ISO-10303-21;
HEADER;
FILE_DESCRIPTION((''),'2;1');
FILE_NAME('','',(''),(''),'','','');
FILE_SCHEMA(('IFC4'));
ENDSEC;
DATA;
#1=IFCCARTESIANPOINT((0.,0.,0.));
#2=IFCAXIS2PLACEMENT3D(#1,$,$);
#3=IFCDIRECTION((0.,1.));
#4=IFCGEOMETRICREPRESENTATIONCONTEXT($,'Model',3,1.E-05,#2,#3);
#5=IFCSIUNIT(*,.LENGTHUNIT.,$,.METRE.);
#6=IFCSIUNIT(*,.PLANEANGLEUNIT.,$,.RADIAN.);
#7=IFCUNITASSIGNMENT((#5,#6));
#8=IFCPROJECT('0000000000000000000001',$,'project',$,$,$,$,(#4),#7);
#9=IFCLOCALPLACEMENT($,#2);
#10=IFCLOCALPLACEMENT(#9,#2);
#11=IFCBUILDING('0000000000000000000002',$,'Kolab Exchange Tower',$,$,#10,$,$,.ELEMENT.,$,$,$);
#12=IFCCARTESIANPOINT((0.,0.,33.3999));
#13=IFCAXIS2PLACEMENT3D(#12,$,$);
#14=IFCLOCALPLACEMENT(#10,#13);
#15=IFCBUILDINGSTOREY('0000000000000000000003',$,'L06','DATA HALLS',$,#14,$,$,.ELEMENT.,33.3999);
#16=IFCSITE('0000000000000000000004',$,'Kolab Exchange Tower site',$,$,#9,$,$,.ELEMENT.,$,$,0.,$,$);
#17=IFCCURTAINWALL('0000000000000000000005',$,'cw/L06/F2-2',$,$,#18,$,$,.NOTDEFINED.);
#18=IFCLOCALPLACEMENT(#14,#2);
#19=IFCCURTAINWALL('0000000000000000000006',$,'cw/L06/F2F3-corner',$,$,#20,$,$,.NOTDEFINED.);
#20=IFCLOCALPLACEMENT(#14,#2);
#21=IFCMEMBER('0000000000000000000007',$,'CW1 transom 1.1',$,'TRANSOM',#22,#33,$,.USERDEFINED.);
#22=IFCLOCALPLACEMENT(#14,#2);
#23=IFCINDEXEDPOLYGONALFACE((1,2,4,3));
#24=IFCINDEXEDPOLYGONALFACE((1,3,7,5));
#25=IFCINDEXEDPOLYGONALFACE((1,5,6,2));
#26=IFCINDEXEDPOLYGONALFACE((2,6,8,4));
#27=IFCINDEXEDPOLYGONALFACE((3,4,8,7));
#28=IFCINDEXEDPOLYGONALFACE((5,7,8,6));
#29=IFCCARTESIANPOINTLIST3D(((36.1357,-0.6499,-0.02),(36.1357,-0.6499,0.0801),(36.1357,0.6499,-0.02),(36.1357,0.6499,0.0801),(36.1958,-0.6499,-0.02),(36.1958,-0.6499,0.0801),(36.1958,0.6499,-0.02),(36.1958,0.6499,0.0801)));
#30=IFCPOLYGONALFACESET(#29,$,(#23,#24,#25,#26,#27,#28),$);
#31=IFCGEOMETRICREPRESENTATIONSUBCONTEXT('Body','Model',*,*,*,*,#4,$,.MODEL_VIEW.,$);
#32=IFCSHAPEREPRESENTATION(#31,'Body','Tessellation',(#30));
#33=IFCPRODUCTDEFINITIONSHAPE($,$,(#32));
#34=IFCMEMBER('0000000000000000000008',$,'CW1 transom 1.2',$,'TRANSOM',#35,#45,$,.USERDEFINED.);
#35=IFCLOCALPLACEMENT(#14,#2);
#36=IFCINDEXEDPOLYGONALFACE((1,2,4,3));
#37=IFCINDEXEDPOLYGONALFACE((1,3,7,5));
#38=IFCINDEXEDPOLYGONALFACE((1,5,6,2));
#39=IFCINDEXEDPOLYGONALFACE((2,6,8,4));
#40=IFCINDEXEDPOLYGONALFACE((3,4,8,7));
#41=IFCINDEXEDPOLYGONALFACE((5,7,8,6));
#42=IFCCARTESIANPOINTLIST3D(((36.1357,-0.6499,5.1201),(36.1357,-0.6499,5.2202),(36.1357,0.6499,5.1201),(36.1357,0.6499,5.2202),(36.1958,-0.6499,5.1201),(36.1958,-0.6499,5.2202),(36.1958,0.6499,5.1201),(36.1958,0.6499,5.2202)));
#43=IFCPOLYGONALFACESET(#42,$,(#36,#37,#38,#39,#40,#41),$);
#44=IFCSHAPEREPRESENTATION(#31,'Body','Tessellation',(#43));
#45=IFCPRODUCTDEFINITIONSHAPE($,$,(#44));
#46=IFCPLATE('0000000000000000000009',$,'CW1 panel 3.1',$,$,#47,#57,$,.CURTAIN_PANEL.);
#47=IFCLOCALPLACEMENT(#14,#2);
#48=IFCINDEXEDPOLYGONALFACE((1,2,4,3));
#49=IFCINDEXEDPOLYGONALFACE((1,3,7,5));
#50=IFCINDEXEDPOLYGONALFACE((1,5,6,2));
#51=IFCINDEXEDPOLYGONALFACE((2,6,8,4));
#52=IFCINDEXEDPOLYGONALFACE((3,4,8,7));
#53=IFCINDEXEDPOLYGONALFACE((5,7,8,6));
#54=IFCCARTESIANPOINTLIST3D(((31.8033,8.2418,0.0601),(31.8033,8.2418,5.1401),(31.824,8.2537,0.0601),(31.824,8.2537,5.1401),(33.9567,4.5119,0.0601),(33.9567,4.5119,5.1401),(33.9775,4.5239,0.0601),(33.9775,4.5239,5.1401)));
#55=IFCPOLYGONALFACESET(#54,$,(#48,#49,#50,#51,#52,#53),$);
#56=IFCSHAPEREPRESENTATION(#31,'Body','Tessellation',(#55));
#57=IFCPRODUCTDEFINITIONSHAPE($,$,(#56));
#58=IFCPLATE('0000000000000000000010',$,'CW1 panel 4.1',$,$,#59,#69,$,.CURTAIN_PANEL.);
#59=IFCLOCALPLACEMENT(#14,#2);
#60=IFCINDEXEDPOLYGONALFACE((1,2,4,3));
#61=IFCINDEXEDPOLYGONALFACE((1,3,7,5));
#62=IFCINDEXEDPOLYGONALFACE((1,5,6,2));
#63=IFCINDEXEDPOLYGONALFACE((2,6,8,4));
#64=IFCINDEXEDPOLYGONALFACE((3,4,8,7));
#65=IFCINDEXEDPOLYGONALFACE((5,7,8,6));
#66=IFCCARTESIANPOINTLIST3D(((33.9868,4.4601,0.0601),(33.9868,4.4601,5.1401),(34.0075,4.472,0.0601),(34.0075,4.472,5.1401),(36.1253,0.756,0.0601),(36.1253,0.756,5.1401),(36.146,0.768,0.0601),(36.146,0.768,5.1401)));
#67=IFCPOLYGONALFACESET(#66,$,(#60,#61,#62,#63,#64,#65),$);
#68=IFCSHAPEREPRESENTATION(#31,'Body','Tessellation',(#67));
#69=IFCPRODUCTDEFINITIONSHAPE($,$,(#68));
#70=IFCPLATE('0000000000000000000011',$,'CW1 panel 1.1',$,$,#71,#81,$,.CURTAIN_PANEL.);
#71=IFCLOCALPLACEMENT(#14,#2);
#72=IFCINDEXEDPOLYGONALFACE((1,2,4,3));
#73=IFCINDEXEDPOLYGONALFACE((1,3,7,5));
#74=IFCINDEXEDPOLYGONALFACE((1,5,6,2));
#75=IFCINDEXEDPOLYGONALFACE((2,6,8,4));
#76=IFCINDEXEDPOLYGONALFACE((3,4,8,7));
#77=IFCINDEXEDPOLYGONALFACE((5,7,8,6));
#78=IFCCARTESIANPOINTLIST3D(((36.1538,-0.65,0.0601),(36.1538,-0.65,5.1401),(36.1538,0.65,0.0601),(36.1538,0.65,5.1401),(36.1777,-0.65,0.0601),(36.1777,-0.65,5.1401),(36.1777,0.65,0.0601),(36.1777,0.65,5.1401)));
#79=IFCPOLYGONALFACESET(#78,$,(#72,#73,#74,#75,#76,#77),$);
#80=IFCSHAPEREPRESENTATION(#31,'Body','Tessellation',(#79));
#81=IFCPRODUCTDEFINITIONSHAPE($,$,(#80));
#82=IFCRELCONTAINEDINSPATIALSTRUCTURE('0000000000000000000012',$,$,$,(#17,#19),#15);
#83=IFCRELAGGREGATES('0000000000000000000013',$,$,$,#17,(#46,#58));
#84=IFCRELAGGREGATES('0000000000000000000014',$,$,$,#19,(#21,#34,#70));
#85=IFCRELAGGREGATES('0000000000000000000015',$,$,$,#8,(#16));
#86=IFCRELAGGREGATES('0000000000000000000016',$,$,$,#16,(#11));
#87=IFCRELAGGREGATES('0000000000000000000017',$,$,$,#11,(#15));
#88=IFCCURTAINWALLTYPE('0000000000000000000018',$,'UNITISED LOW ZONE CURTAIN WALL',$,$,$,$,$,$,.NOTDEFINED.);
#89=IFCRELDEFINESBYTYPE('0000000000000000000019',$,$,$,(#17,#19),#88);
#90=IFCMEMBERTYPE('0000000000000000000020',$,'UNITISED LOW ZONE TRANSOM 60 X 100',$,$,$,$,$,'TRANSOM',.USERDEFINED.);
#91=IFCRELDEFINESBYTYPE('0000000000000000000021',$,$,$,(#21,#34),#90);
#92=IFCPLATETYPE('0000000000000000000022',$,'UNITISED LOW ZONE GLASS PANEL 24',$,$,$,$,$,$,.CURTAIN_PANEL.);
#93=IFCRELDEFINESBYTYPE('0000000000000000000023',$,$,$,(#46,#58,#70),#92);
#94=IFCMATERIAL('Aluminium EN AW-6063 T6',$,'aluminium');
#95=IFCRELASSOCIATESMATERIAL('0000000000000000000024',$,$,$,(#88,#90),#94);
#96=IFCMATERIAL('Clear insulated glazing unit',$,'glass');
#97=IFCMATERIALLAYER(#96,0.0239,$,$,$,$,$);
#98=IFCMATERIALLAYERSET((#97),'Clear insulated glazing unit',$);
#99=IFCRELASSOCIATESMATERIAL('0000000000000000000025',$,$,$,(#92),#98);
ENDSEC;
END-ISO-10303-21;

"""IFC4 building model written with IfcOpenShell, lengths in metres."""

from ifc_helpers import new_model, si_unit, direction, frame, origin, origin_2d, place, context, subcontext, project, spatial, rectangle, extrude, material, layer, layer_set, material_profile, profile_set, type_object, element, aggregate, save


model = new_model("IFC4")

# Units and contexts
model_context = context("Model", 3, precision=1e-05, world=origin(), true_north=direction((0.0, 1.0)))
body_context = subcontext(model_context, "Body", "Model", "MODEL_VIEW")
ifc_project = project(units=[si_unit("LENGTHUNIT", "METRE"), si_unit("PLANEANGLEUNIT", "RADIAN")], contexts=[model_context])

# Site, building, storey
site_placement = place(None, origin())
site = spatial("IfcSite", under=ifc_project, at=site_placement, Name="Kolab Exchange Tower site", CompositionType="ELEMENT", RefElevation=0.0)
building_placement = place(site_placement, origin())
building = spatial("IfcBuilding", under=site, at=building_placement, Name="Kolab Exchange Tower", CompositionType="ELEMENT")
storey_placement = place(building_placement, frame((0.0, 0.0, 33.3999)))
storey = spatial("IfcBuildingStorey", under=building, at=storey_placement, Name="L06", Description="DATA HALLS", CompositionType="ELEMENT", Elevation=33.3999)

# Curtain wall
ifc_material_1 = material(Name="Aluminium EN AW-6063 T6", Category="aluminium")
curtain_wall_type = type_object("IfcCurtainWallType", Name="UNITISED LOW ZONE CURTAIN WALL", PredefinedType="NOTDEFINED", material=ifc_material_1)
curtain_wall_1_placement = place(storey_placement, origin())
curtain_wall_1 = element("IfcCurtainWall", 1, at=curtain_wall_1_placement, inside=storey, type_object=curtain_wall_type, Name="cw/L06/F2-2", PredefinedType="NOTDEFINED")

# Curtain wall
curtain_wall_2_placement = place(storey_placement, origin())
curtain_wall_2 = element("IfcCurtainWall", 2, at=curtain_wall_2_placement, inside=storey, type_object=curtain_wall_type, Name="cw/L06/F2F3-corner", PredefinedType="NOTDEFINED")

# Members
ifc_material_profile_1 = material_profile(ifc_material_1, rectangle(XDim=0.0601, YDim=0.1001, at=origin_2d()), Name="RECT 60X100")
ifc_profile_set_1 = profile_set([ifc_material_profile_1], Name="Aluminium EN AW-6063 T6")
member_type_1 = type_object("IfcMemberType", Name="UNITISED LOW ZONE TRANSOM 60 X 100", ElementType="TRANSOM", PredefinedType="USERDEFINED", material=ifc_profile_set_1)
member_1_placement = place(storey_placement, frame((36.1658, 0.6499, 0.03), z_axis=(0.0, -1.0, 0.0), x_axis=(1.0, 0.0, 0.0)))
member_1 = element("IfcMember", 3, at=member_1_placement, type_object=member_type_1, Name="CW1 transom 1.1", ObjectType="TRANSOM", PredefinedType="USERDEFINED", context=body_context, shape_type="SweptSolid", body=[
    extrude(rectangle(XDim=0.0601, YDim=0.1001, at=origin_2d()), origin(), (0.0, 0.0, 1.0), 1.2998),
])
member_2_placement = place(storey_placement, frame((36.1658, 0.6499, 5.1702), z_axis=(0.0, -1.0, 0.0), x_axis=(1.0, 0.0, 0.0)))
member_2 = element("IfcMember", 4, at=member_2_placement, type_object=member_type_1, Name="CW1 transom 1.2", ObjectType="TRANSOM", PredefinedType="USERDEFINED", context=body_context, shape_type="SweptSolid", body=[
    extrude(rectangle(XDim=0.0601, YDim=0.1001, at=origin_2d()), origin(), (0.0, 0.0, 1.0), 1.2998),
])

# Plates
ifc_material_2 = material(Name="Clear insulated glazing unit", Category="glass")
ifc_layer = layer(ifc_material_2, 0.0239)
ifc_layer_set = layer_set([ifc_layer], Name="Clear insulated glazing unit")
plate_type = type_object("IfcPlateType", Name="UNITISED LOW ZONE GLASS PANEL 24", PredefinedType="CURTAIN_PANEL", material=ifc_layer_set)
plate_1_placement = place(storey_placement, frame((32.8904, 6.3828, 0.0601), z_axis=(0.0, 0.0, 1.0), x_axis=(0.5, -0.866025, 0.0)))
plate_1 = element("IfcPlate", 5, at=plate_1_placement, type_object=plate_type, Name="CW1 panel 3.1", PredefinedType="CURTAIN_PANEL", context=body_context, shape_type="SweptSolid", body=[
    extrude(rectangle(XDim=4.3069, YDim=0.0239, at=origin_2d()), origin(), (0.0, 0.0, 1.0), 5.0801),
])
plate_2_placement = place(storey_placement, frame((35.0664, 2.614, 0.0601), z_axis=(0.0, 0.0, 1.0), x_axis=(0.5, -0.866025, 0.0)))
plate_2 = element("IfcPlate", 6, at=plate_2_placement, type_object=plate_type, Name="CW1 panel 4.1", PredefinedType="CURTAIN_PANEL", context=body_context, shape_type="SweptSolid", body=[
    extrude(rectangle(XDim=4.2771, YDim=0.0239, at=origin_2d()), origin(), (0.0, 0.0, 1.0), 5.0801),
])
aggregate(curtain_wall_1, [plate_1, plate_2])
plate_3_placement = place(storey_placement, frame((36.1658, 0.0, 0.0601), z_axis=(0.0, 0.0, 1.0), x_axis=(0.0, -1.0, 0.0)))
plate_3 = element("IfcPlate", 7, at=plate_3_placement, type_object=plate_type, Name="CW1 panel 1.1", PredefinedType="CURTAIN_PANEL", context=body_context, shape_type="SweptSolid", body=[
    extrude(rectangle(XDim=1.3, YDim=0.0239, at=origin_2d()), origin(), (0.0, 0.0, 1.0), 5.0801),
])
aggregate(curtain_wall_2, [member_1, member_2, plate_3])

save(model, "model.ifc")
